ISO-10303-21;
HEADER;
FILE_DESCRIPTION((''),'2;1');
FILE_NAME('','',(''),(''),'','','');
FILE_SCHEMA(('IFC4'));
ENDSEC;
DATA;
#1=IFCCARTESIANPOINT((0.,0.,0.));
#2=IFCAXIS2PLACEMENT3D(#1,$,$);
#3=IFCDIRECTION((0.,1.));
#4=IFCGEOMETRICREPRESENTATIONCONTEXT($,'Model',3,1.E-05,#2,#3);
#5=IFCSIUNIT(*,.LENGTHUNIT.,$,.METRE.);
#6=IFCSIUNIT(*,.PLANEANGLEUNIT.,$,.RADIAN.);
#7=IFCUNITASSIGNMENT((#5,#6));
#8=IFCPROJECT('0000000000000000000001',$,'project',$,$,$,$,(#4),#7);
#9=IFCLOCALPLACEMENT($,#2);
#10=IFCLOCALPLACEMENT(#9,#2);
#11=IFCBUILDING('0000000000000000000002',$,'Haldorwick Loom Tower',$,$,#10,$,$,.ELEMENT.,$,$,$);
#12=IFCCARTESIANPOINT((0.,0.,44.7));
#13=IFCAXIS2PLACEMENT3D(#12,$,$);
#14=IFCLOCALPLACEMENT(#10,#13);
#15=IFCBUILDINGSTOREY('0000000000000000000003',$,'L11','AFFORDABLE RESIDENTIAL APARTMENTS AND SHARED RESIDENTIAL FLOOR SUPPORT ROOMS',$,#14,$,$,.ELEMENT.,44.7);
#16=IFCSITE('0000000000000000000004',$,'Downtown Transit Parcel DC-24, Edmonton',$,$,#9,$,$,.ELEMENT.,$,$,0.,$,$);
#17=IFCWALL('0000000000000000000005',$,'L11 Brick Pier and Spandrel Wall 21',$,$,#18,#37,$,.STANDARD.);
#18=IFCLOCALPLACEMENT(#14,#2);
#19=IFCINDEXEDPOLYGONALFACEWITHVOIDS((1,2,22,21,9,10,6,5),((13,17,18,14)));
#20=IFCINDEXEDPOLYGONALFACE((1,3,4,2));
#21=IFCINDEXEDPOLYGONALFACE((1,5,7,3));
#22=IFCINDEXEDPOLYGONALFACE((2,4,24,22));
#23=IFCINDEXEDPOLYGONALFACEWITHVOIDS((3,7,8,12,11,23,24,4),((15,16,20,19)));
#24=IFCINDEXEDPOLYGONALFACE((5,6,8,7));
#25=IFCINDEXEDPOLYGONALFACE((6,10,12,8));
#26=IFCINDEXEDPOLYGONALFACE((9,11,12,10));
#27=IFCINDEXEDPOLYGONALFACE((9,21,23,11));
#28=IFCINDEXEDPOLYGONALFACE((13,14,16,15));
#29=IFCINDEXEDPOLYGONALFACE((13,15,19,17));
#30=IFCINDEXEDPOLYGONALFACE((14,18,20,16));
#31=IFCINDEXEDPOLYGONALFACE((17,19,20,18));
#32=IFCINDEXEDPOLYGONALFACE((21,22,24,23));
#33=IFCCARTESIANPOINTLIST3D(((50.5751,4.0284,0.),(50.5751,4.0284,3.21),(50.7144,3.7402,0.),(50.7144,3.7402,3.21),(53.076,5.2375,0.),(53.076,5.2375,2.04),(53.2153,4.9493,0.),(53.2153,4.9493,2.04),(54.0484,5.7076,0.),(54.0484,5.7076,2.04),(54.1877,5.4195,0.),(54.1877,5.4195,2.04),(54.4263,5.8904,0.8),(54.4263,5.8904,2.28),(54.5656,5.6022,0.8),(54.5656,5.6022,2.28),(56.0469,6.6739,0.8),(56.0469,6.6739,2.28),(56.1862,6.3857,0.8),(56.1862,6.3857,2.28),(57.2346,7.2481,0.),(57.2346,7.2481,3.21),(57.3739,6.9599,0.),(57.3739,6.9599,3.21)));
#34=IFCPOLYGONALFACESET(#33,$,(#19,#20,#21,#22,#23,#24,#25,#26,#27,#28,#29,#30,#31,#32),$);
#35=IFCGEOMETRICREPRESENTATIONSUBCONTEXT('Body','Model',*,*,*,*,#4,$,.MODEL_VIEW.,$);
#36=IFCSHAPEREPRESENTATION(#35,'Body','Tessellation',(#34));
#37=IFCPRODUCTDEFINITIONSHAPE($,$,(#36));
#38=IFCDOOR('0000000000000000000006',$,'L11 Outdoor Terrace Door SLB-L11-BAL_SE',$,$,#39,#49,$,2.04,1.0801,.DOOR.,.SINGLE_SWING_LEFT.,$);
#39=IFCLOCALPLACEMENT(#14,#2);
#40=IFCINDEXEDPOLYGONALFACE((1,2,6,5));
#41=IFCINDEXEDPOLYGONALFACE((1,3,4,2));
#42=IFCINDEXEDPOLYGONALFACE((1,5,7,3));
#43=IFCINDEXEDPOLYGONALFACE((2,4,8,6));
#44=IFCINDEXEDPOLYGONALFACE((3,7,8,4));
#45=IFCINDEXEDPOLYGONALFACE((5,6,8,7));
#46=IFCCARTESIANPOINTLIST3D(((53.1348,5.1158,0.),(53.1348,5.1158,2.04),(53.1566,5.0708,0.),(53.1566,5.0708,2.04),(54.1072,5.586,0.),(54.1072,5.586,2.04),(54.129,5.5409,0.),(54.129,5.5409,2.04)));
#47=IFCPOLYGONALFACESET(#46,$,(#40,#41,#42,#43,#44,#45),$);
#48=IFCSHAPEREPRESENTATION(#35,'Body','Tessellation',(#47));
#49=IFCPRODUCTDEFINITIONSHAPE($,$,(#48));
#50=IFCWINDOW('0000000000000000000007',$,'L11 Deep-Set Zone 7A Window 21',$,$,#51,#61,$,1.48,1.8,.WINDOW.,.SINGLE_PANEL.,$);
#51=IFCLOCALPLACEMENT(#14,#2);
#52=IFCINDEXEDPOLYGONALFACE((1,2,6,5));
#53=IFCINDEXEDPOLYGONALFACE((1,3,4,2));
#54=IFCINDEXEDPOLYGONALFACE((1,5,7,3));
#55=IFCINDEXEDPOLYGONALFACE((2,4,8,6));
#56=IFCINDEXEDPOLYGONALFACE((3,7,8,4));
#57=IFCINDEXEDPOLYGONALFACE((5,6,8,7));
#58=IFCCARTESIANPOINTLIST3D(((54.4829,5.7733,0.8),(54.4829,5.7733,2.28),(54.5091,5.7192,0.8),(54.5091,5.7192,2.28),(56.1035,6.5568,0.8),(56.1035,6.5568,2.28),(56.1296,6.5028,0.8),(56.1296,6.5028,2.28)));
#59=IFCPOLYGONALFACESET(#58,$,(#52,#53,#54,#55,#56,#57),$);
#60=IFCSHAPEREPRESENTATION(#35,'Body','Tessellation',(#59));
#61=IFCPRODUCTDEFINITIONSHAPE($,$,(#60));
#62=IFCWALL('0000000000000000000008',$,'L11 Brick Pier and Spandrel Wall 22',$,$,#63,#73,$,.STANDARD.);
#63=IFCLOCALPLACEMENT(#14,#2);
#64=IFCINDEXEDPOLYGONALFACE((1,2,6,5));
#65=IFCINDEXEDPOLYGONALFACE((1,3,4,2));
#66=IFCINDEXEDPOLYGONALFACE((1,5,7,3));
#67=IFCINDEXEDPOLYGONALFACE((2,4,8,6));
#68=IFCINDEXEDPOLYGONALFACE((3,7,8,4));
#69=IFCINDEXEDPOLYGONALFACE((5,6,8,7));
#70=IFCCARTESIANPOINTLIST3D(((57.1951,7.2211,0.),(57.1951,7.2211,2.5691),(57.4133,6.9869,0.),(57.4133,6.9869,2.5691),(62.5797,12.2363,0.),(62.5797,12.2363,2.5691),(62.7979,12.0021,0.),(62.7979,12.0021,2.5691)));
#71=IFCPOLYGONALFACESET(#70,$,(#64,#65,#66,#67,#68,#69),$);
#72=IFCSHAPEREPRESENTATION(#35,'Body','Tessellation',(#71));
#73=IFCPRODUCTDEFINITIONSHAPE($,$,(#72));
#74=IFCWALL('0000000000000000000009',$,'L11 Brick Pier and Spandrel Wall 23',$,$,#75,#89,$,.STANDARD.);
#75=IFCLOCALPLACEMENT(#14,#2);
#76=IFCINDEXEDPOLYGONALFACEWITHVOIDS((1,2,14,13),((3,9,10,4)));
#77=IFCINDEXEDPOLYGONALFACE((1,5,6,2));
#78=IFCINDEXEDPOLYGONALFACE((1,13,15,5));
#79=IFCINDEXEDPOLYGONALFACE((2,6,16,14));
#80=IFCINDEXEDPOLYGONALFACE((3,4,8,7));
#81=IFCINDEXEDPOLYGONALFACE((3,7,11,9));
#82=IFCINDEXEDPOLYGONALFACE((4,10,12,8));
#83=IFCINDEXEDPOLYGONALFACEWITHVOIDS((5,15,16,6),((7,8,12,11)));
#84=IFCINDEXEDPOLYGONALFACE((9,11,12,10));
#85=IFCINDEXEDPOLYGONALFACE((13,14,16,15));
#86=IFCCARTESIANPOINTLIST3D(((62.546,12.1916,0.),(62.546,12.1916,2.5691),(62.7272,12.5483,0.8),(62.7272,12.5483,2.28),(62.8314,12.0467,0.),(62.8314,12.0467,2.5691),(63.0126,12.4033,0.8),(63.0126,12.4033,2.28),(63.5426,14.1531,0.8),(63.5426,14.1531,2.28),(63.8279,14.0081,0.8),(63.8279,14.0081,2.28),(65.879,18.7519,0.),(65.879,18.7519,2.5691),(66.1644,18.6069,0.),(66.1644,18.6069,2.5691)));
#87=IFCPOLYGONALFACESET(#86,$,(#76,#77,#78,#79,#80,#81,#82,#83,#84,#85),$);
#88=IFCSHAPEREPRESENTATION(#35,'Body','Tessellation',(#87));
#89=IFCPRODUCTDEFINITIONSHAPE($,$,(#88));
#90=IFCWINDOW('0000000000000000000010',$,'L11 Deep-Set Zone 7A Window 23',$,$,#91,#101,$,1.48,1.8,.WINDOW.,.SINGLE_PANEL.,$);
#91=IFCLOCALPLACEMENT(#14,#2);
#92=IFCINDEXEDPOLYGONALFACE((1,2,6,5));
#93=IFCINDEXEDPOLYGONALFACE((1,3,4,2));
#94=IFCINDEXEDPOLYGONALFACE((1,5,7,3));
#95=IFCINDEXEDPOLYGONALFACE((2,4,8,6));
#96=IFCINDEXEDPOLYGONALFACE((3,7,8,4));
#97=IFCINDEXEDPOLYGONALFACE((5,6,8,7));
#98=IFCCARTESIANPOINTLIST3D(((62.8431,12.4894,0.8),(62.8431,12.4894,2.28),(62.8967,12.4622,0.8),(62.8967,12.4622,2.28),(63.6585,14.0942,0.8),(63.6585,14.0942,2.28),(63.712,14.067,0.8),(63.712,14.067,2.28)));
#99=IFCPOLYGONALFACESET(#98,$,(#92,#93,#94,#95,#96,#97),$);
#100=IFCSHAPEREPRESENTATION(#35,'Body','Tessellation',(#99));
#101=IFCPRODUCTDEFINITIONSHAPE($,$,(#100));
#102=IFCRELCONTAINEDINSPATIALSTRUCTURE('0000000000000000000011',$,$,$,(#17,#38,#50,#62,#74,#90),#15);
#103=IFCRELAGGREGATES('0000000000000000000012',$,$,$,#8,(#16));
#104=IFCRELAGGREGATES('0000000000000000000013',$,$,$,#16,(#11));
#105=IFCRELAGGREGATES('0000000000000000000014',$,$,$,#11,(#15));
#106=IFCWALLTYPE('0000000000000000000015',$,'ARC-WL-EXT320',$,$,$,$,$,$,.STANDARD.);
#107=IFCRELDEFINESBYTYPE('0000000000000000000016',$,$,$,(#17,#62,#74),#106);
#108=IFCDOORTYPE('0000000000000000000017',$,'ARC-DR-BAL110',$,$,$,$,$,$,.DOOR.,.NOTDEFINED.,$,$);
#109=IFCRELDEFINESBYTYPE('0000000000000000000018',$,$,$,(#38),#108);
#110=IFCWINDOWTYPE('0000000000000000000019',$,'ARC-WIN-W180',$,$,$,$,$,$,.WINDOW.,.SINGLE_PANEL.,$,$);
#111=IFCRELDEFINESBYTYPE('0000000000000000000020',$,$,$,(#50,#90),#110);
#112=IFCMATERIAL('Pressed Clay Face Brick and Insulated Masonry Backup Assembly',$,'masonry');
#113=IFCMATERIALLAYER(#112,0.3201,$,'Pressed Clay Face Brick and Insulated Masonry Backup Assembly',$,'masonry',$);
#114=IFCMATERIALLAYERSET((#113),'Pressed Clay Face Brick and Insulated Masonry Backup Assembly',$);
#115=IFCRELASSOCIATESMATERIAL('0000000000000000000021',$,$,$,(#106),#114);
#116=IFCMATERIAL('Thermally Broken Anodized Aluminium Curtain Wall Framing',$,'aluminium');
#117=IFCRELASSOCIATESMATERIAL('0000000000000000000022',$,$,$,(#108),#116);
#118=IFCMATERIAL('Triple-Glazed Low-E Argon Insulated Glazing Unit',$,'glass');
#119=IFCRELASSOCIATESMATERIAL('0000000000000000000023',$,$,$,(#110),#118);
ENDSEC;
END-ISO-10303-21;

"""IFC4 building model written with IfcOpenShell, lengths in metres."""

from ifc_helpers import new_model, si_unit, direction, frame, frame_2d, origin, place, context, subcontext, project, spatial, rectangle, extrude, material, layer, layer_set, type_object, element, fill, save


model = new_model("IFC4")

# Units and contexts
model_context = context("Model", 3, precision=1e-05, world=origin(), true_north=direction((0.0, 1.0)))
body_context = subcontext(model_context, "Body", "Model", "MODEL_VIEW")
ifc_project = project(units=[si_unit("LENGTHUNIT", "METRE"), si_unit("PLANEANGLEUNIT", "RADIAN")], contexts=[model_context])

# Site, building, storey
site_placement = place(None, origin())
site = spatial("IfcSite", under=ifc_project, at=site_placement, Name="Downtown Transit Parcel DC-24, Edmonton", CompositionType="ELEMENT", RefElevation=0.0)
building_placement = place(site_placement, origin())
building = spatial("IfcBuilding", under=site, at=building_placement, Name="Haldorwick Loom Tower", CompositionType="ELEMENT")
storey_placement = place(building_placement, frame((0.0, 0.0, 44.7)))
storey = spatial("IfcBuildingStorey", under=building, at=storey_placement, Name="L11", Description="AFFORDABLE RESIDENTIAL APARTMENTS AND SHARED RESIDENTIAL FLOOR SUPPORT ROOMS", CompositionType="ELEMENT", Elevation=44.7)

# Wall, openings, door, window
ifc_material_1 = material(Name="Pressed Clay Face Brick and Insulated Masonry Backup Assembly", Category="masonry")
ifc_layer = layer(ifc_material_1, 0.3201, Name="Pressed Clay Face Brick and Insulated Masonry Backup Assembly", Category="masonry")
ifc_layer_set = layer_set([ifc_layer], Name="Pressed Clay Face Brick and Insulated Masonry Backup Assembly")
wall_type = type_object("IfcWallType", Name="ARC-WL-EXT320", PredefinedType="STANDARD", material=ifc_layer_set)
wall_1_placement = place(storey_placement, frame((50.6448, 3.8843, 0.0), z_axis=(0.0, 0.0, 1.0), x_axis=(0.900296, 0.435279, 0.0)))
wall_1 = element("IfcWall", 1, at=wall_1_placement, inside=storey, type_object=wall_type, Name="L11 Brick Pier and Spandrel Wall 21", PredefinedType="STANDARD", context=body_context, shape_type="SweptSolid", body=[
    extrude(rectangle(XDim=7.397, YDim=0.3201, at=frame_2d((3.6985, 0.0))), origin(), (0.0, 0.0, 1.0), 3.21),
])
opening_1_placement = place(wall_1_placement, frame((2.7778, 0.0, 0.0)))
opening_1 = element("IfcOpeningElement", 2, at=opening_1_placement, cuts=wall_1, PredefinedType="OPENING", context=body_context, shape_type="SweptSolid", body=[
    extrude(rectangle(XDim=1.0801, YDim=2.04, at=frame_2d((0.54, 1.02))), frame((0.0, 0.1699, 0.0), z_axis=(0.0, -1.0, 0.0), x_axis=(1.0, 0.0, 0.0)), (0.0, 0.0, 1.0), 0.3401),
])
opening_2_placement = place(wall_1_placement, frame((4.2778, 0.0, 0.8)))
opening_2 = element("IfcOpeningElement", 3, at=opening_2_placement, cuts=wall_1, PredefinedType="OPENING", context=body_context, shape_type="SweptSolid", body=[
    extrude(rectangle(XDim=1.8, YDim=1.48, at=frame_2d((0.8999, 0.74))), frame((0.0, 0.1699, 0.0), z_axis=(0.0, -1.0, 0.0), x_axis=(1.0, 0.0, 0.0)), (0.0, 0.0, 1.0), 0.3401),
])
ifc_material_2 = material(Name="Thermally Broken Anodized Aluminium Curtain Wall Framing", Category="aluminium")
door_type = type_object("IfcDoorType", Name="ARC-DR-BAL110", OperationType="NOTDEFINED", PredefinedType="DOOR", material=ifc_material_2)
door_placement = place(opening_1_placement, origin())
door = element("IfcDoor", 4, at=door_placement, inside=storey, type_object=door_type, Name="L11 Outdoor Terrace Door SLB-L11-BAL_SE", OperationType="SINGLE_SWING_LEFT", OverallHeight=2.04, OverallWidth=1.0801, PredefinedType="DOOR", context=body_context, shape_type="SweptSolid", body=[
    extrude(rectangle(XDim=1.0801, YDim=2.04, at=frame_2d((0.54, 1.02))), frame((0.0, 0.0249, 0.0), z_axis=(0.0, -1.0, 0.0), x_axis=(1.0, 0.0, 0.0)), (0.0, 0.0, 1.0), 0.05),
])
fill(opening_1, door)
ifc_material_3 = material(Name="Triple-Glazed Low-E Argon Insulated Glazing Unit", Category="glass")
window_type = type_object("IfcWindowType", Name="ARC-WIN-W180", PartitioningType="SINGLE_PANEL", PredefinedType="WINDOW", material=ifc_material_3)
window_1_placement = place(opening_2_placement, origin())
window_1 = element("IfcWindow", 5, at=window_1_placement, inside=storey, type_object=window_type, Name="L11 Deep-Set Zone 7A Window 21", OverallHeight=1.48, OverallWidth=1.8, PartitioningType="SINGLE_PANEL", PredefinedType="WINDOW", context=body_context, shape_type="SweptSolid", body=[
    extrude(rectangle(XDim=1.8, YDim=1.48, at=frame_2d((0.8999, 0.74))), frame((0.0, 0.03, 0.0), z_axis=(0.0, -1.0, 0.0), x_axis=(1.0, 0.0, 0.0)), (0.0, 0.0, 1.0), 0.0601),
])
fill(opening_2, window_1)

# Wall
wall_2_placement = place(storey_placement, frame((57.3042, 7.104, 0.0), z_axis=(0.0, 0.0, 1.0), x_axis=(0.731761, 0.681561, 0.0)))
element("IfcWall", 6, at=wall_2_placement, inside=storey, type_object=wall_type, Name="L11 Brick Pier and Spandrel Wall 22", PredefinedType="STANDARD", context=body_context, shape_type="SweptSolid", body=[
    extrude(rectangle(XDim=7.3584, YDim=0.3201, at=frame_2d((3.6792, 0.0))), origin(), (0.0, 0.0, 1.0), 2.5691),
])

# Wall, opening, window
wall_3_placement = place(storey_placement, frame((62.6887, 12.1191, 0.0), z_axis=(0.0, 0.0, 1.0), x_axis=(0.452951, 0.891535, 0.0)))
wall_3 = element("IfcWall", 7, at=wall_3_placement, inside=storey, type_object=wall_type, Name="L11 Brick Pier and Spandrel Wall 23", PredefinedType="STANDARD", context=body_context, shape_type="SweptSolid", body=[
    extrude(rectangle(XDim=7.3584, YDim=0.3201, at=frame_2d((3.6792, 0.0))), origin(), (0.0, 0.0, 1.0), 2.5691),
])
opening_3_placement = place(wall_3_placement, frame((0.4001, 0.0, 0.8)))
opening_3 = element("IfcOpeningElement", 8, at=opening_3_placement, cuts=wall_3, PredefinedType="OPENING", context=body_context, shape_type="SweptSolid", body=[
    extrude(rectangle(XDim=1.8, YDim=1.48, at=frame_2d((0.8999, 0.74))), frame((0.0, 0.1699, 0.0), z_axis=(0.0, -1.0, 0.0), x_axis=(1.0, 0.0, 0.0)), (0.0, 0.0, 1.0), 0.3401),
])
window_2_placement = place(opening_3_placement, origin())
window_2 = element("IfcWindow", 9, at=window_2_placement, inside=storey, type_object=window_type, Name="L11 Deep-Set Zone 7A Window 23", OverallHeight=1.48, OverallWidth=1.8, PartitioningType="SINGLE_PANEL", PredefinedType="WINDOW", context=body_context, shape_type="SweptSolid", body=[
    extrude(rectangle(XDim=1.8, YDim=1.48, at=frame_2d((0.8999, 0.74))), frame((0.0, 0.03, 0.0), z_axis=(0.0, -1.0, 0.0), x_axis=(1.0, 0.0, 0.0)), (0.0, 0.0, 1.0), 0.0601),
])
fill(opening_3, window_2)

save(model, "model.ifc")
